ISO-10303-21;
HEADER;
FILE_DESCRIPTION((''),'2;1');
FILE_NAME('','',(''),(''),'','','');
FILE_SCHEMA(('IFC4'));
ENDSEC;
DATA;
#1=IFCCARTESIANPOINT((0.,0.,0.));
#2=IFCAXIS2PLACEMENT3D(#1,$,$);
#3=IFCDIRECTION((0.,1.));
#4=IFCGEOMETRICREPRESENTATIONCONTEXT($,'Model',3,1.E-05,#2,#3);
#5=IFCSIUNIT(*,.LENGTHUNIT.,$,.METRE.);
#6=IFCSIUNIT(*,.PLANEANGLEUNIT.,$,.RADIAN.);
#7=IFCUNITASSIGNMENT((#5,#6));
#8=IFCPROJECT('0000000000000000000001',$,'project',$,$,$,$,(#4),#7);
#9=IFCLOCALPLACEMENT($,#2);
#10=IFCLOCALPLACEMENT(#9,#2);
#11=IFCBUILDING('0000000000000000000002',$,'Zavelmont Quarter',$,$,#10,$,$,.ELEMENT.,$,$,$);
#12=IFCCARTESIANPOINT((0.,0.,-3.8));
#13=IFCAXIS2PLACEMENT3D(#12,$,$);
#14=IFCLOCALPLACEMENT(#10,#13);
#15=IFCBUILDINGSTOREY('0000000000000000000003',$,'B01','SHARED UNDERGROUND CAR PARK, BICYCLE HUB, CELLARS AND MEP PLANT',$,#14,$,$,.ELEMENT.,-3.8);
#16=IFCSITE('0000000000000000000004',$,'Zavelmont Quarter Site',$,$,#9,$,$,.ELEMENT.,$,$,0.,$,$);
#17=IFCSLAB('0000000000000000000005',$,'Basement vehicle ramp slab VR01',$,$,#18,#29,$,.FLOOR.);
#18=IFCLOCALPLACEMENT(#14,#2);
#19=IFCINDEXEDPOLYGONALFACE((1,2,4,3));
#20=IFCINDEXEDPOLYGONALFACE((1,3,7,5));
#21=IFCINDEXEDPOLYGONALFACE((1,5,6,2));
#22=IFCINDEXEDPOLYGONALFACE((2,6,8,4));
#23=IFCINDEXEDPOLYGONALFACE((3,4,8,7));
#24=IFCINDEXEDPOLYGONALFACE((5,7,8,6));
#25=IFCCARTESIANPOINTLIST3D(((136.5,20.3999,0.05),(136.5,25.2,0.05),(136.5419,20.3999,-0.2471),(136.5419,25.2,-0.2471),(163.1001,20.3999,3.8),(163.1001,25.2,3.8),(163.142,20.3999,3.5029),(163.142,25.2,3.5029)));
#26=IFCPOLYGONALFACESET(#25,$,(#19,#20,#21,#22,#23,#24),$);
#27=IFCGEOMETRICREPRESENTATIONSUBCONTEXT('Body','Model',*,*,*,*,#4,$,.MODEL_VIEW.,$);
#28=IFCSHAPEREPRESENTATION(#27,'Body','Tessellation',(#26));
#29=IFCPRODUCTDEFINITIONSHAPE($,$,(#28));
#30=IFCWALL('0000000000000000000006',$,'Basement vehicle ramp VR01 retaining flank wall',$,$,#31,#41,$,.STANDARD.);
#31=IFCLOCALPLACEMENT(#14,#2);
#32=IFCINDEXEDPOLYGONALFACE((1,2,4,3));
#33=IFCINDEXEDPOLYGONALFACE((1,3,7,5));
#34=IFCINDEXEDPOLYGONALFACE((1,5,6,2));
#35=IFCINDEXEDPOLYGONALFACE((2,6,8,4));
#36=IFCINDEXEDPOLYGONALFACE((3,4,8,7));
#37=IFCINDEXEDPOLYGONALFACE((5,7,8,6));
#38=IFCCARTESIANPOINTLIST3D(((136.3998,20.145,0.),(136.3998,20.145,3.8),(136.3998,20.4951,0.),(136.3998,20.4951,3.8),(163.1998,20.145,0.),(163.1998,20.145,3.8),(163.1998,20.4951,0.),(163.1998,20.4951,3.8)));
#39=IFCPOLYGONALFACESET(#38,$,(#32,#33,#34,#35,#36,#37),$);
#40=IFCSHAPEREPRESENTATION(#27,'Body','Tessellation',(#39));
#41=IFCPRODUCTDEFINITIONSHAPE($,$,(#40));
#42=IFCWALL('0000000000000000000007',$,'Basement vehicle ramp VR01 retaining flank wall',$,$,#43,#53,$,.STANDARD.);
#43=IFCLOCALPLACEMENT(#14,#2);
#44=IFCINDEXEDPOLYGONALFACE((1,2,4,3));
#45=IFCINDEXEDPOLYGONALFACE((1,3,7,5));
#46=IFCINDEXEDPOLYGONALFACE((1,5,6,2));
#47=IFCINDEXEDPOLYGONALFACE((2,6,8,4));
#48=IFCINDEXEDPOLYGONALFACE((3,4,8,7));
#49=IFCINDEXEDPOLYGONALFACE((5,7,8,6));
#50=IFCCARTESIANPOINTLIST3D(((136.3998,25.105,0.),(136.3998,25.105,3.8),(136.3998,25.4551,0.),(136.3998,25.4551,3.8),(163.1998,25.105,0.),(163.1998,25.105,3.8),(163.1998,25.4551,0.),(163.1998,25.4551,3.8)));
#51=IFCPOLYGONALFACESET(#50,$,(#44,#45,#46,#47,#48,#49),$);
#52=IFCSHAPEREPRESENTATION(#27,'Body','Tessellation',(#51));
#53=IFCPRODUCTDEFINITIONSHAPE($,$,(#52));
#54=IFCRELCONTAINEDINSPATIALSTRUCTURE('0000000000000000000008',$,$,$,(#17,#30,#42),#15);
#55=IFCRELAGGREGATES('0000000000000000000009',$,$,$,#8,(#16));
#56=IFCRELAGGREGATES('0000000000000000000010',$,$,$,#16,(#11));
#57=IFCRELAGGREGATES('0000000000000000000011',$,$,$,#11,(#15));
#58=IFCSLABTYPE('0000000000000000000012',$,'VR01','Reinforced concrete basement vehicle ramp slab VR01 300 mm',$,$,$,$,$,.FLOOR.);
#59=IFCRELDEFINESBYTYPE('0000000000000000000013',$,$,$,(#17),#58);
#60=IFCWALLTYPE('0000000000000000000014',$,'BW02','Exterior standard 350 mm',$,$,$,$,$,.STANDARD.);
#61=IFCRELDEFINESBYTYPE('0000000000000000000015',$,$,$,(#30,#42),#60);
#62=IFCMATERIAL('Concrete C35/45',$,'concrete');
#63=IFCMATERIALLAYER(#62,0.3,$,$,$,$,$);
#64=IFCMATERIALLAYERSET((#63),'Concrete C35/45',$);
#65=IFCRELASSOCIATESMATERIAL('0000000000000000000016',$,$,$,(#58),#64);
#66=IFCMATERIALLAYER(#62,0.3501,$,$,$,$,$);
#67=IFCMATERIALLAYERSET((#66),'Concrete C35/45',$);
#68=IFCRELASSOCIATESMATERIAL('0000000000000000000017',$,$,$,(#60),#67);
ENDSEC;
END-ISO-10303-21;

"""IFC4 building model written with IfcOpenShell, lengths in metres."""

from ifc_helpers import new_model, si_unit, direction, frame, frame_2d, origin, place, context, subcontext, project, spatial, polyline, rectangle, outline, extrude, material, layer, layer_set, type_object, element, save


model = new_model("IFC4")

# Units and contexts
model_context = context("Model", 3, precision=1e-05, world=origin(), true_north=direction((0.0, 1.0)))
body_context = subcontext(model_context, "Body", "Model", "MODEL_VIEW")
ifc_project = project(units=[si_unit("LENGTHUNIT", "METRE"), si_unit("PLANEANGLEUNIT", "RADIAN")], contexts=[model_context])

# Site, building, storey
site_placement = place(None, origin())
site = spatial("IfcSite", under=ifc_project, at=site_placement, Name="Zavelmont Quarter Site", CompositionType="ELEMENT", RefElevation=0.0)
building_placement = place(site_placement, origin())
building = spatial("IfcBuilding", under=site, at=building_placement, Name="Zavelmont Quarter", CompositionType="ELEMENT")
storey_placement = place(building_placement, frame((0.0, 0.0, -3.8)))
storey = spatial("IfcBuildingStorey", under=building, at=storey_placement, Name="B01", Description="SHARED UNDERGROUND CAR PARK, BICYCLE HUB, CELLARS AND MEP PLANT", CompositionType="ELEMENT", Elevation=-3.8)

# Shared definitions
ifc_material_1 = material(Name="Concrete C35/45", Category="concrete")

# Slab
ifc_layer_1 = layer(ifc_material_1, 0.3)
ifc_layer_set_1 = layer_set([ifc_layer_1], Name="Concrete C35/45")
slab_type = type_object("IfcSlabType", Name="VR01", Description="Reinforced concrete basement vehicle ramp slab VR01 300 mm", PredefinedType="FLOOR", material=ifc_layer_set_1)
slab_placement = place(storey_placement, frame((136.5, 20.3999, 0.05), z_axis=(-0.139597, 0.0, 0.990208), x_axis=(0.990208, 0.0, 0.139597)))
element("IfcSlab", 1, at=slab_placement, inside=storey, type_object=slab_type, Name="Basement vehicle ramp slab VR01", PredefinedType="FLOOR", context=body_context, shape_type="SweptSolid", body=[
    extrude(outline(polyline([(0.0, 0.0), (26.8631, 0.0), (26.8631, 4.8), (0.0, 4.8), (0.0, 0.0)])), origin(), (0.0, 0.0, -1.0), 0.3),
])

# Walls
ifc_layer_2 = layer(ifc_material_1, 0.3501)
ifc_layer_set_2 = layer_set([ifc_layer_2], Name="Concrete C35/45")
wall_type = type_object("IfcWallType", Name="BW02", Description="Exterior standard 350 mm", PredefinedType="STANDARD", material=ifc_layer_set_2)
for number, where, z_axis, x_axis, name in (
    (2, (136.3999, 20.3201, 0.0), (0.0, 0.0, 1.0), (1.0, 0.0, 0.0), "Basement vehicle ramp VR01 retaining flank wall"),
    (3, (136.3999, 25.28, 0.0), (0.0, 0.0, 1.0), (1.0, 0.0, 0.0), "Basement vehicle ramp VR01 retaining flank wall"),
):
    element("IfcWall", number, at=place(storey_placement, frame(where, z_axis=z_axis, x_axis=x_axis)), inside=storey, type_object=wall_type, Name=name, PredefinedType="STANDARD", context=body_context, shape_type="SweptSolid", body=[
        extrude(rectangle(XDim=26.8, YDim=0.3501, at=frame_2d((13.3999, 0.0))), origin(), (0.0, 0.0, 1.0), 3.8),
    ])

save(model, "model.ifc")
